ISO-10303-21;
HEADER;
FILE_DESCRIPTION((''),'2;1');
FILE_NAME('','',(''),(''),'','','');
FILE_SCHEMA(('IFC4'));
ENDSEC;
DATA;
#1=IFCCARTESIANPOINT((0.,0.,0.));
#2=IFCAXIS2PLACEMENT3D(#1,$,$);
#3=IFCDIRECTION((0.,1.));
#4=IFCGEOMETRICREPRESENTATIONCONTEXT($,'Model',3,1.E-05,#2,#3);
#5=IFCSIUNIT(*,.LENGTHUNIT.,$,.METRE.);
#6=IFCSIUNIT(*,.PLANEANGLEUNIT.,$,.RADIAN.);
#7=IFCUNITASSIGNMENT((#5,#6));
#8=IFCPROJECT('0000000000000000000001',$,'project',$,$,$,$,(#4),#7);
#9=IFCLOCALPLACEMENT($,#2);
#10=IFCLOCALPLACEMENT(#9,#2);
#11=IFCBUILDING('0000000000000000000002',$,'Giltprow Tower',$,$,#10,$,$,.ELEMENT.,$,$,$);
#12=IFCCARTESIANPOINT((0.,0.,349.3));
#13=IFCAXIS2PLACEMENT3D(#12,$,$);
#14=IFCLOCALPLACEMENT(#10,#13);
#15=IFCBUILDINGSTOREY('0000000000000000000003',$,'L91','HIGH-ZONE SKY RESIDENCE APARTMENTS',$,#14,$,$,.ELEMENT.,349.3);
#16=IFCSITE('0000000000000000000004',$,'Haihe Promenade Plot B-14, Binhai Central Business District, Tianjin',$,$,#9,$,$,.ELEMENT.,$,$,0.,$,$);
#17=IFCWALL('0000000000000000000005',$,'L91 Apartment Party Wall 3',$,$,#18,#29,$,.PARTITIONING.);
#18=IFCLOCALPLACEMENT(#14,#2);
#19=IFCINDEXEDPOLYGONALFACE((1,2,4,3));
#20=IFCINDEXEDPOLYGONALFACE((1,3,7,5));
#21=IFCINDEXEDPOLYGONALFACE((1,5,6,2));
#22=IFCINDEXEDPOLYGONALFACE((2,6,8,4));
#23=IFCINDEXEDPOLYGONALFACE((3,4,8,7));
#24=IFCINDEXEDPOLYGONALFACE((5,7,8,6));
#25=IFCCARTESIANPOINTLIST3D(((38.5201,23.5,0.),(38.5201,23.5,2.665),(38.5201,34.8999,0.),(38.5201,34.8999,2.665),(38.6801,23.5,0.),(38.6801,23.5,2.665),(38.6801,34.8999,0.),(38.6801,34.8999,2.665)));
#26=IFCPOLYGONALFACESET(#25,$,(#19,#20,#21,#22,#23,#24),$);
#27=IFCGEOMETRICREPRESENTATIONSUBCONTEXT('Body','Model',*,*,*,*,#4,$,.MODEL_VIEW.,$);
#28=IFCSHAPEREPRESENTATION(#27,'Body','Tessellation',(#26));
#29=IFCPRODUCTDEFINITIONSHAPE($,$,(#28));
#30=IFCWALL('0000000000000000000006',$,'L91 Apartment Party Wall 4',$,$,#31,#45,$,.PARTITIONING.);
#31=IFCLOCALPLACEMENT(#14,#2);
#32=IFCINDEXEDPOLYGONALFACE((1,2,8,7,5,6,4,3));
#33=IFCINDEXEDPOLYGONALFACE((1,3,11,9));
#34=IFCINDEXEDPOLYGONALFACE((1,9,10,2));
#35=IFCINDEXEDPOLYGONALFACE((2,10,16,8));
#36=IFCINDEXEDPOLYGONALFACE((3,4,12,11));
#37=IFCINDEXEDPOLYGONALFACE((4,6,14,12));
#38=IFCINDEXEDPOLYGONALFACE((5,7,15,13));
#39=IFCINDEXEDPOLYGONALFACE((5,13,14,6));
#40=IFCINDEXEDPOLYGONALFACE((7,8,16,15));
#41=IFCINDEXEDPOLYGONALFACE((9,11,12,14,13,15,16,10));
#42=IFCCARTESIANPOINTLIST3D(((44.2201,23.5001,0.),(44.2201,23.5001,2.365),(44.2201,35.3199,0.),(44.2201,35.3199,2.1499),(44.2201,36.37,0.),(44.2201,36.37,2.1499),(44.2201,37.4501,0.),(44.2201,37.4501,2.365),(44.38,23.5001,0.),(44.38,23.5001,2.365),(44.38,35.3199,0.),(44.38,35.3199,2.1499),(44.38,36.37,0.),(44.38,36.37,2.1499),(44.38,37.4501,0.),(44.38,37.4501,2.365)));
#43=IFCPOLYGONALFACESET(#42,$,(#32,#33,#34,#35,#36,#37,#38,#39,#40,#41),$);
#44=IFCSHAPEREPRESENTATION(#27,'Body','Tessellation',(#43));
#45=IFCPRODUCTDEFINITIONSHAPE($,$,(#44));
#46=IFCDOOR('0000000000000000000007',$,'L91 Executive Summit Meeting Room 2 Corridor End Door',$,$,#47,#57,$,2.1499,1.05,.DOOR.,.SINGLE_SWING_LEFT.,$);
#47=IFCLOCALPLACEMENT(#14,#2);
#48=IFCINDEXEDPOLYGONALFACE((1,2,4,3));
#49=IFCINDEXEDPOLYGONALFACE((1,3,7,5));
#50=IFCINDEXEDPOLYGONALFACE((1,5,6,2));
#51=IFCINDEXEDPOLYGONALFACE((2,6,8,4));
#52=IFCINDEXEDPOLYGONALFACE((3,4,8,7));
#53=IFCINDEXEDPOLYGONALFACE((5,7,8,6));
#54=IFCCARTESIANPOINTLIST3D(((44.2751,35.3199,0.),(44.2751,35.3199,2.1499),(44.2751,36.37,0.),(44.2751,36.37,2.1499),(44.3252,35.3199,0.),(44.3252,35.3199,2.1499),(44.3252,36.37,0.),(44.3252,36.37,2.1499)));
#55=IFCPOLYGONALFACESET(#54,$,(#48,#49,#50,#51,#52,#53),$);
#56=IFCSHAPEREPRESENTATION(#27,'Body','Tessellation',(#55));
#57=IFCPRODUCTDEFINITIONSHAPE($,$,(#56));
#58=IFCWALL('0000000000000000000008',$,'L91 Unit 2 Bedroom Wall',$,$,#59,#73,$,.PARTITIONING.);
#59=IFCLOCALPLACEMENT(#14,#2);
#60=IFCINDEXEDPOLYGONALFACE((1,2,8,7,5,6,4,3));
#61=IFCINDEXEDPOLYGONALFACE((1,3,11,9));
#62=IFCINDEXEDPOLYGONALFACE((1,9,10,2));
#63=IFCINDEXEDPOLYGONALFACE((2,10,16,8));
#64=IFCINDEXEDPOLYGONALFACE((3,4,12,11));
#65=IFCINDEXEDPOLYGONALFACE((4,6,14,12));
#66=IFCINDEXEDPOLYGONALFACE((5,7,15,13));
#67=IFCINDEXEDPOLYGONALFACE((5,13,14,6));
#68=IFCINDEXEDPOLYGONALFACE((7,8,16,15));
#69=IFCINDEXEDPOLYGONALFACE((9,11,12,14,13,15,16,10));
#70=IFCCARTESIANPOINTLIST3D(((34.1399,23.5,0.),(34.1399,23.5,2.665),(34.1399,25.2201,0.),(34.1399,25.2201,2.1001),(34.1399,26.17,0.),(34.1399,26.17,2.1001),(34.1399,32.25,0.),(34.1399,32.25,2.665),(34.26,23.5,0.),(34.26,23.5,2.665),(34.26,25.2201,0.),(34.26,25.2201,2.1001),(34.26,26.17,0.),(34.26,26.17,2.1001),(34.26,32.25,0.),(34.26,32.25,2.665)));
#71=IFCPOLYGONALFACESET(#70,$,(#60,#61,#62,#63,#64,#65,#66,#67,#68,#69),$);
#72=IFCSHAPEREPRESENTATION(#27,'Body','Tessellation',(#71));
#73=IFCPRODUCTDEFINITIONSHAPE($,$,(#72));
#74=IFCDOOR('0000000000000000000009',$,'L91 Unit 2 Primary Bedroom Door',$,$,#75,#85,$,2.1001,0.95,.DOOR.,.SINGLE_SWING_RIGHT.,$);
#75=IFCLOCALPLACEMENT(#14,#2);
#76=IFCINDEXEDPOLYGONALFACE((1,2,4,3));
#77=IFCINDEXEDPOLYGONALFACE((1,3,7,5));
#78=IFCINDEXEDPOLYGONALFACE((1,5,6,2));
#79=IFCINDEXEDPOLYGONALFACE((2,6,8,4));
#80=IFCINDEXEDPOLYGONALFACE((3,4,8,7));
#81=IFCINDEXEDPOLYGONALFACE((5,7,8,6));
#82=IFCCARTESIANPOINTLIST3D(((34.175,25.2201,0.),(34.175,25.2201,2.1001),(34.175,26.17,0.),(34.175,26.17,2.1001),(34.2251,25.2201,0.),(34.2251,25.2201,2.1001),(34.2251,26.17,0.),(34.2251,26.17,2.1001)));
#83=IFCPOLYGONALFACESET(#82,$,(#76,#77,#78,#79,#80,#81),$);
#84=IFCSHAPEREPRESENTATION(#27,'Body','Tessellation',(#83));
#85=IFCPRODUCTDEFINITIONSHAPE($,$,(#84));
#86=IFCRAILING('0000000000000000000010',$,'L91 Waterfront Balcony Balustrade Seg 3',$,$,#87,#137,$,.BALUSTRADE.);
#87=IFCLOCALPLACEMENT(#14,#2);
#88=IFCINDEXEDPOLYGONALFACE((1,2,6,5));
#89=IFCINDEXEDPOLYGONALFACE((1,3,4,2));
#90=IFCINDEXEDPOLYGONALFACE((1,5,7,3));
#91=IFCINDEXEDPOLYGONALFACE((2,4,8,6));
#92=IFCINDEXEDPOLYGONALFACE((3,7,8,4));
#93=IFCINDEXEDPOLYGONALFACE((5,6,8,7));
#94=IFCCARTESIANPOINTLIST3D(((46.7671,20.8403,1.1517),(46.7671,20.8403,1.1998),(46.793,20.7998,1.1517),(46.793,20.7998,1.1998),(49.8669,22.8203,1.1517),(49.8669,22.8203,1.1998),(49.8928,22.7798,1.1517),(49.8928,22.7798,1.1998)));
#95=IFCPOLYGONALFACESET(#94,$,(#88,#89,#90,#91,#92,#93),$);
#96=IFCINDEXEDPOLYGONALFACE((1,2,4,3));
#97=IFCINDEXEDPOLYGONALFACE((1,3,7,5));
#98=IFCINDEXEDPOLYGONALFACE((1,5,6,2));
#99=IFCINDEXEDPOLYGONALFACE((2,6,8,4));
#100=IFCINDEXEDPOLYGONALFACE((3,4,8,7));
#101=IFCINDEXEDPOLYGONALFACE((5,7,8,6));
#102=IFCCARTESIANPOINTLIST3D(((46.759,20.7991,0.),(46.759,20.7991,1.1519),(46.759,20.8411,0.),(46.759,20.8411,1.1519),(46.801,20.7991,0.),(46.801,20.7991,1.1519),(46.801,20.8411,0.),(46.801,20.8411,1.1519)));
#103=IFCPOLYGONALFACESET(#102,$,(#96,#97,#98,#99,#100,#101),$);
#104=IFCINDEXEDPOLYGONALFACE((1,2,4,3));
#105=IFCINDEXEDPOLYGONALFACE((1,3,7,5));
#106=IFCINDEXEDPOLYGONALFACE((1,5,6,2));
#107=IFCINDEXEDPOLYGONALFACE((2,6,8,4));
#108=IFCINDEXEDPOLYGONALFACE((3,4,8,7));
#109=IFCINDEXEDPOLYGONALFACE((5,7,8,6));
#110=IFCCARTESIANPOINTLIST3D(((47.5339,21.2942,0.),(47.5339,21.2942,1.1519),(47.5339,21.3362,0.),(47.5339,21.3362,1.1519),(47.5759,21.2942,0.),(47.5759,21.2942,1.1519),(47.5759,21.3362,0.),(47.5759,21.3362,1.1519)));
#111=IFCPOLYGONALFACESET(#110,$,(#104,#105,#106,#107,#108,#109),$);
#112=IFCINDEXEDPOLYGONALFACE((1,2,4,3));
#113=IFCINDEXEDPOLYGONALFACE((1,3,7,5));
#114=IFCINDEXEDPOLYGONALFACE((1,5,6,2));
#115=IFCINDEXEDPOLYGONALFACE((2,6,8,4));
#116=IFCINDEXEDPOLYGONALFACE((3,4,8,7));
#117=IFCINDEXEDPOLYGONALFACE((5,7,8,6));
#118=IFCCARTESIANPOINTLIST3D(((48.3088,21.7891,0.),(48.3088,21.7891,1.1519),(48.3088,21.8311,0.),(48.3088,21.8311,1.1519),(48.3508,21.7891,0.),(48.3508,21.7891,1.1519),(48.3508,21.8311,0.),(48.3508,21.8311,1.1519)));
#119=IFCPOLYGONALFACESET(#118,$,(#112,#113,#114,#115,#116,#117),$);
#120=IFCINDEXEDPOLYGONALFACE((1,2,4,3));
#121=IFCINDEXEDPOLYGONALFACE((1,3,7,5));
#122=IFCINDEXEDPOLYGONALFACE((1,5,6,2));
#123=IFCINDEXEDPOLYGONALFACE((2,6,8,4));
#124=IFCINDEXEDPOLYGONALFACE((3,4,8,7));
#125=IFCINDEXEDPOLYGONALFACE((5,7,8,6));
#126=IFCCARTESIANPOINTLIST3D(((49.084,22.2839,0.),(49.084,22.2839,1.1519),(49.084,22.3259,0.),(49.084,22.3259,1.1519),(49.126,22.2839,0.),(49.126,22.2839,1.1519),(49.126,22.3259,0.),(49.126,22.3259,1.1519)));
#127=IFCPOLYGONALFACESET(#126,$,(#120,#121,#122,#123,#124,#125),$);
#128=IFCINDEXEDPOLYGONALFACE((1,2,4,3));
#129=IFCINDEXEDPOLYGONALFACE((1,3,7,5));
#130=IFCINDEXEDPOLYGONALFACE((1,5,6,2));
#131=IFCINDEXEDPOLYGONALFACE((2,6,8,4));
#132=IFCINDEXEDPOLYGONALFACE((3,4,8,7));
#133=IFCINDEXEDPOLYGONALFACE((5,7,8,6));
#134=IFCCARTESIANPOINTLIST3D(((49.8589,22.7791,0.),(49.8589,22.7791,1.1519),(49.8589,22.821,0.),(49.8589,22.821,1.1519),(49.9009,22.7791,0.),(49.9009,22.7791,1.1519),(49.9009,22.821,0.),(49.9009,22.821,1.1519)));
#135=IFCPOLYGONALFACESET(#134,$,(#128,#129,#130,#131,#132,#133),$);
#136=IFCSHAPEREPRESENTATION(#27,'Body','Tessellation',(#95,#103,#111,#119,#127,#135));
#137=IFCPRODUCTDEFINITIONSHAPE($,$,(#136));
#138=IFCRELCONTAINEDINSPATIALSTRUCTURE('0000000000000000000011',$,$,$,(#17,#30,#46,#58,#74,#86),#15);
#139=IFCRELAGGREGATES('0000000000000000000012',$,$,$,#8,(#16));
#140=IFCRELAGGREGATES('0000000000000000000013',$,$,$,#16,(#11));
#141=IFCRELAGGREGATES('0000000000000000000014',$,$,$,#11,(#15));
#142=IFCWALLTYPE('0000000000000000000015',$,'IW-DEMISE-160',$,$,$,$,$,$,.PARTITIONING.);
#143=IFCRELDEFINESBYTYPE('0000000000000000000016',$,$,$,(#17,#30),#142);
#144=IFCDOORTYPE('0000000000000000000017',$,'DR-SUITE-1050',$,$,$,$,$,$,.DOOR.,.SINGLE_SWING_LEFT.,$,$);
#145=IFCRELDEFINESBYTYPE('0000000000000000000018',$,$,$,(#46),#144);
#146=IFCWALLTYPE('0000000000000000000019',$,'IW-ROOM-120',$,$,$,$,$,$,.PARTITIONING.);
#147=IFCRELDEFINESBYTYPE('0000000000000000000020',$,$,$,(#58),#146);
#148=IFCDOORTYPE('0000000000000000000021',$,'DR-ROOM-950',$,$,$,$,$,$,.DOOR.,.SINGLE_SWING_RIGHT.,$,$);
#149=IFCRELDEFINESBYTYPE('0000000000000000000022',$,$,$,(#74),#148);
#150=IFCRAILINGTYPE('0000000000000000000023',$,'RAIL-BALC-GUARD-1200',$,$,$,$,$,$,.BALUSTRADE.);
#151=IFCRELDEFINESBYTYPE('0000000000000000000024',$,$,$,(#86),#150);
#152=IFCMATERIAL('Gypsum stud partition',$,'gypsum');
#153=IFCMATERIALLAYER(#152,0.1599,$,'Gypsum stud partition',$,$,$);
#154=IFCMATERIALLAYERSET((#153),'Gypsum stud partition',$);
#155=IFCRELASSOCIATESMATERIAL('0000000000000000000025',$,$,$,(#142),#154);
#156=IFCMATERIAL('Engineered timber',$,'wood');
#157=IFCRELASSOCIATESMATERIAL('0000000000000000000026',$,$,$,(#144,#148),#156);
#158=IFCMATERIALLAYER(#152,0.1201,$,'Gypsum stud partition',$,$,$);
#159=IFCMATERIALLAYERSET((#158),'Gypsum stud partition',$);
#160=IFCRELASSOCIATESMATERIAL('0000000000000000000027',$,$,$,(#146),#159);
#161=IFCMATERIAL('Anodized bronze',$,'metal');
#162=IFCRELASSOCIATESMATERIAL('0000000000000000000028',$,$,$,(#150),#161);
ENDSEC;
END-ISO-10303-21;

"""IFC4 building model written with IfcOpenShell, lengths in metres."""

from ifc_helpers import new_model, si_unit, direction, frame, frame_2d, origin, origin_2d, place, context, subcontext, project, spatial, rectangle, extrude, source, transform, mapped, material, layer, layer_set, type_object, element, fill, save


model = new_model("IFC4")

# Units and contexts
model_context = context("Model", 3, precision=1e-05, world=origin(), true_north=direction((0.0, 1.0)))
body_context = subcontext(model_context, "Body", "Model", "MODEL_VIEW")
ifc_project = project(units=[si_unit("LENGTHUNIT", "METRE"), si_unit("PLANEANGLEUNIT", "RADIAN")], contexts=[model_context])

# Site, building, storey
site_placement = place(None, origin())
site = spatial("IfcSite", under=ifc_project, at=site_placement, Name="Haihe Promenade Plot B-14, Binhai Central Business District, Tianjin", CompositionType="ELEMENT", RefElevation=0.0)
building_placement = place(site_placement, origin())
building = spatial("IfcBuilding", under=site, at=building_placement, Name="Giltprow Tower", CompositionType="ELEMENT")
storey_placement = place(building_placement, frame((0.0, 0.0, 349.3)))
storey = spatial("IfcBuildingStorey", under=building, at=storey_placement, Name="L91", Description="HIGH-ZONE SKY RESIDENCE APARTMENTS", CompositionType="ELEMENT", Elevation=349.3)

# Wall
ifc_material_1 = material(Name="Gypsum stud partition", Category="gypsum")
ifc_layer_1 = layer(ifc_material_1, 0.1599, Name="Gypsum stud partition")
ifc_layer_set_1 = layer_set([ifc_layer_1], Name="Gypsum stud partition")
wall_type_1 = type_object("IfcWallType", Name="IW-DEMISE-160", PredefinedType="PARTITIONING", material=ifc_layer_set_1)
wall_1_placement = place(storey_placement, frame((38.6001, 23.5, 0.0), z_axis=(0.0, 0.0, 1.0), x_axis=(0.0, 1.0, 0.0)))
element("IfcWall", 1, at=wall_1_placement, inside=storey, type_object=wall_type_1, Name="L91 Apartment Party Wall 3", PredefinedType="PARTITIONING", context=body_context, shape_type="SweptSolid", body=[
    extrude(rectangle(XDim=11.3999, YDim=0.1599, at=frame_2d((5.7, 0.0))), origin(), (0.0, 0.0, 1.0), 2.665),
])

# Walls, openings, doors
wall_2_placement = place(storey_placement, frame((44.3, 23.5, 0.0), z_axis=(0.0, 0.0, 1.0), x_axis=(0.0, 1.0, 0.0)))
wall_2 = element("IfcWall", 2, at=wall_2_placement, inside=storey, type_object=wall_type_1, Name="L91 Apartment Party Wall 4", PredefinedType="PARTITIONING", context=body_context, shape_type="SweptSolid", body=[
    extrude(rectangle(XDim=13.95, YDim=0.1599, at=frame_2d((6.9751, 0.0))), origin(), (0.0, 0.0, 1.0), 2.365),
])
opening_1_placement = place(wall_2_placement, frame((11.8201, 0.0, 0.0)))
opening_1 = element("IfcOpeningElement", 3, at=opening_1_placement, cuts=wall_2, PredefinedType="OPENING", context=body_context, shape_type="SweptSolid", body=[
    extrude(rectangle(XDim=1.05, YDim=2.1499, at=frame_2d((0.5249, 1.075))), frame((0.0, 0.0898, 0.0), z_axis=(0.0, -1.0, 0.0), x_axis=(1.0, 0.0, 0.0)), (0.0, 0.0, 1.0), 0.1799),
])
ifc_material_2 = material(Name="Engineered timber", Category="wood")
door_type_1 = type_object("IfcDoorType", Name="DR-SUITE-1050", OperationType="SINGLE_SWING_LEFT", PredefinedType="DOOR", material=ifc_material_2)
shared_shape_1 = source(origin(), body_context, "Body", "SweptSolid", [
    extrude(rectangle(XDim=1.05, YDim=2.1499, at=frame_2d((0.5249, 1.075))), frame((0.0, 0.0249, 0.0), z_axis=(0.0, -1.0, 0.0), x_axis=(1.0, 0.0, 0.0)), (0.0, 0.0, 1.0), 0.05),
])
door_1_placement = place(opening_1_placement, origin())
door_1 = element("IfcDoor", 4, at=door_1_placement, inside=storey, type_object=door_type_1, Name="L91 Executive Summit Meeting Room 2 Corridor End Door", OperationType="SINGLE_SWING_LEFT", OverallHeight=2.1499, OverallWidth=1.05, PredefinedType="DOOR", context=body_context, shape_type="MappedRepresentation", body=[
    mapped(shared_shape_1, transform((0.0, 0.0, 0.0), x_axis=(1.0, 0.0, 0.0), y_axis=(0.0, 1.0, 0.0), z_axis=(0.0, 0.0, 1.0), scale=1.0)),
])
fill(opening_1, door_1)
ifc_layer_2 = layer(ifc_material_1, 0.1201, Name="Gypsum stud partition")
ifc_layer_set_2 = layer_set([ifc_layer_2], Name="Gypsum stud partition")
wall_type_2 = type_object("IfcWallType", Name="IW-ROOM-120", PredefinedType="PARTITIONING", material=ifc_layer_set_2)
wall_3_placement = place(storey_placement, frame((34.2, 23.5, 0.0), z_axis=(0.0, 0.0, 1.0), x_axis=(0.0, 1.0, 0.0)))
wall_3 = element("IfcWall", 5, at=wall_3_placement, inside=storey, type_object=wall_type_2, Name="L91 Unit 2 Bedroom Wall", PredefinedType="PARTITIONING", context=body_context, shape_type="SweptSolid", body=[
    extrude(rectangle(XDim=8.75, YDim=0.1201, at=frame_2d((4.375, 0.0))), origin(), (0.0, 0.0, 1.0), 2.665),
])
opening_2_placement = place(wall_3_placement, frame((1.72, 0.0, 0.0)))
opening_2 = element("IfcOpeningElement", 6, at=opening_2_placement, cuts=wall_3, PredefinedType="OPENING", context=body_context, shape_type="SweptSolid", body=[
    extrude(rectangle(XDim=0.95, YDim=2.1001, at=frame_2d((0.4751, 1.05))), frame((0.0, 0.0701, 0.0), z_axis=(0.0, -1.0, 0.0), x_axis=(1.0, 0.0, 0.0)), (0.0, 0.0, 1.0), 0.1401),
])
door_type_2 = type_object("IfcDoorType", Name="DR-ROOM-950", OperationType="SINGLE_SWING_RIGHT", PredefinedType="DOOR", material=ifc_material_2)
shared_shape_2 = source(origin(), body_context, "Body", "SweptSolid", [
    extrude(rectangle(XDim=0.95, YDim=2.1001, at=frame_2d((0.4751, 1.05))), frame((0.0, 0.0249, 0.0), z_axis=(0.0, -1.0, 0.0), x_axis=(1.0, 0.0, 0.0)), (0.0, 0.0, 1.0), 0.05),
])
door_2_placement = place(opening_2_placement, origin())
door_2 = element("IfcDoor", 7, at=door_2_placement, inside=storey, type_object=door_type_2, Name="L91 Unit 2 Primary Bedroom Door", OperationType="SINGLE_SWING_RIGHT", OverallHeight=2.1001, OverallWidth=0.95, PredefinedType="DOOR", context=body_context, shape_type="MappedRepresentation", body=[
    mapped(shared_shape_2, transform((0.0, 0.0, 0.0), x_axis=(1.0, 0.0, 0.0), y_axis=(0.0, 1.0, 0.0), z_axis=(0.0, 0.0, 1.0), scale=1.0)),
])
fill(opening_2, door_2)

# Railing
ifc_material_3 = material(Name="Anodized bronze", Category="metal")
railing_type = type_object("IfcRailingType", Name="RAIL-BALC-GUARD-1200", PredefinedType="BALUSTRADE", material=ifc_material_3)
railing_1_placement = place(storey_placement, frame((46.78, 20.8201, 0.0)))
element("IfcRailing", 8, at=railing_1_placement, inside=storey, type_object=railing_type, Name="L91 Waterfront Balcony Balustrade Seg 3", PredefinedType="BALUSTRADE", context=body_context, shape_type="SweptSolid", body=[
    extrude(rectangle(XDim=0.0481, YDim=0.0481, at=origin_2d()), frame((0.0, 0.0, 1.1758), z_axis=(0.842756, 0.538296, 0.0), x_axis=(-0.538296, 0.842756, 0.0)), (0.0, 0.0, 1.0), 3.6782),
    extrude(rectangle(XDim=0.042, YDim=0.042, at=origin_2d()), origin(), (0.0, 0.0, 1.0), 1.1519),
    extrude(rectangle(XDim=0.042, YDim=0.042, at=origin_2d()), frame((0.7749, 0.4951, 0.0)), (0.0, 0.0, 1.0), 1.1519),
    extrude(rectangle(XDim=0.042, YDim=0.042, at=origin_2d()), frame((1.5498, 0.99, 0.0)), (0.0, 0.0, 1.0), 1.1519),
    extrude(rectangle(XDim=0.042, YDim=0.042, at=origin_2d()), frame((2.325, 1.4849, 0.0)), (0.0, 0.0, 1.0), 1.1519),
    extrude(rectangle(XDim=0.042, YDim=0.042, at=origin_2d()), frame((3.0999, 1.98, 0.0)), (0.0, 0.0, 1.0), 1.1519),
])

save(model, "model.ifc")
